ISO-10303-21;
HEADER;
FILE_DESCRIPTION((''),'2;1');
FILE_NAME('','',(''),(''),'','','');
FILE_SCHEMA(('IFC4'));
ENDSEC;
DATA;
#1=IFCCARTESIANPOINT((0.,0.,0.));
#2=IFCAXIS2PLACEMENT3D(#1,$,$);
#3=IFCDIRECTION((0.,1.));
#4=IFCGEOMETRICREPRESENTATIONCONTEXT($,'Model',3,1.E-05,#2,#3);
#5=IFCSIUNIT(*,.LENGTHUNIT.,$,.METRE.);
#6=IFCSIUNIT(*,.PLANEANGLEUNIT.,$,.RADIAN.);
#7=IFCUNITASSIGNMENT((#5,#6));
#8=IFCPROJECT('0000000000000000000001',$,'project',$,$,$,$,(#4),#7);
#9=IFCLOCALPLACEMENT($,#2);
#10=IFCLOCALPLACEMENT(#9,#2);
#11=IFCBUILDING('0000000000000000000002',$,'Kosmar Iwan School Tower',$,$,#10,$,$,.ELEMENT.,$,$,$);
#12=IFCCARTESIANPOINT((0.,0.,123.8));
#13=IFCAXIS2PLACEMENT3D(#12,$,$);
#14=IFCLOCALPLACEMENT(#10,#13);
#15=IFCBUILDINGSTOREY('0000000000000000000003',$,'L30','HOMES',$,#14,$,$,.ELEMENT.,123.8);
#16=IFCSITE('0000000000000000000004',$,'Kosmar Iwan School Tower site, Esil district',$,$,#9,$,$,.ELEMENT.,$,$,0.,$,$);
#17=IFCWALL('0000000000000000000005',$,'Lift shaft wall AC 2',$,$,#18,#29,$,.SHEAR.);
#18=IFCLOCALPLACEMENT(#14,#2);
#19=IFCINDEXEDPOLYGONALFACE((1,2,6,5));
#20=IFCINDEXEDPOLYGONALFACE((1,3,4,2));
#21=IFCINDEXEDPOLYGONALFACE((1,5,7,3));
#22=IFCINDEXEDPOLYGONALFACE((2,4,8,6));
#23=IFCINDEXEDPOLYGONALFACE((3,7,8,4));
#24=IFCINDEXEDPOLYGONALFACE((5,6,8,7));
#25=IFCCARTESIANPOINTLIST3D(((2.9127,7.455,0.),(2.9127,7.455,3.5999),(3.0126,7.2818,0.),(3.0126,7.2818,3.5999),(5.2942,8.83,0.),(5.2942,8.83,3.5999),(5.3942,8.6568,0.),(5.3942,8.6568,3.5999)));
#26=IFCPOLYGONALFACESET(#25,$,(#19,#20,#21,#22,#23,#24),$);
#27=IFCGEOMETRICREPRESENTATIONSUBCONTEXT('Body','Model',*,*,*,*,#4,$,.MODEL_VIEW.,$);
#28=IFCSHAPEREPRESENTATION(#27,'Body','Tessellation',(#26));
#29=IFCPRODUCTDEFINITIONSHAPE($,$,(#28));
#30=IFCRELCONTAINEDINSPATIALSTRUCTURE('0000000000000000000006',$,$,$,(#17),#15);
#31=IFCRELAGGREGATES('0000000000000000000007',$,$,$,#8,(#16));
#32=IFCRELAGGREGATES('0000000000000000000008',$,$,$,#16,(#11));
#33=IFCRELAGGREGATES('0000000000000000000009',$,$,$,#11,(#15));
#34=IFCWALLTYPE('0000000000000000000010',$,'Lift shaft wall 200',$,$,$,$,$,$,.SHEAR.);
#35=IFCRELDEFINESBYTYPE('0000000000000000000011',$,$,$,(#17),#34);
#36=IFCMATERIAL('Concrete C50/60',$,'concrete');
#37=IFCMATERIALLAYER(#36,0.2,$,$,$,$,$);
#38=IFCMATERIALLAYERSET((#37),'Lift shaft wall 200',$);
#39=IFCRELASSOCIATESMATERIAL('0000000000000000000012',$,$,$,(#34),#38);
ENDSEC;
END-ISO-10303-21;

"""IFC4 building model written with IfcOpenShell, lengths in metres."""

from ifc_helpers import new_model, si_unit, direction, frame, frame_2d, origin, place, context, subcontext, project, spatial, rectangle, extrude, material, layer, layer_set, type_object, element, save


model = new_model("IFC4")

# Units and contexts
model_context = context("Model", 3, precision=1e-05, world=origin(), true_north=direction((0.0, 1.0)))
body_context = subcontext(model_context, "Body", "Model", "MODEL_VIEW")
ifc_project = project(units=[si_unit("LENGTHUNIT", "METRE"), si_unit("PLANEANGLEUNIT", "RADIAN")], contexts=[model_context])

# Site, building, storey
site_placement = place(None, origin())
site = spatial("IfcSite", under=ifc_project, at=site_placement, Name="Kosmar Iwan School Tower site, Esil district", CompositionType="ELEMENT", RefElevation=0.0)
building_placement = place(site_placement, origin())
building = spatial("IfcBuilding", under=site, at=building_placement, Name="Kosmar Iwan School Tower", CompositionType="ELEMENT")
storey_placement = place(building_placement, frame((0.0, 0.0, 123.8)))
storey = spatial("IfcBuildingStorey", under=building, at=storey_placement, Name="L30", Description="HOMES", CompositionType="ELEMENT", Elevation=123.8)

# Wall
ifc_material_1 = material(Name="Concrete C50/60", Category="concrete")
ifc_layer_1 = layer(ifc_material_1, 0.2)
ifc_layer_set_1 = layer_set([ifc_layer_1], Name="Lift shaft wall 200")
wall_type_1 = type_object("IfcWallType", Name="Lift shaft wall 200", PredefinedType="SHEAR", material=ifc_layer_set_1)
wall_1_placement = place(storey_placement, frame((2.9626, 7.3684, 0.0), z_axis=(0.0, 0.0, 1.0), x_axis=(0.866027, 0.499997, 0.0)))
element("IfcWall", 1, at=wall_1_placement, inside=storey, type_object=wall_type_1, Name="Lift shaft wall AC 2", PredefinedType="SHEAR", context=body_context, shape_type="SweptSolid", body=[
    extrude(rectangle(XDim=2.75, YDim=0.2, at=frame_2d((1.375, 0.0))), origin(), (0.0, 0.0, 1.0), 3.5999),
])

save(model, "model.ifc")
